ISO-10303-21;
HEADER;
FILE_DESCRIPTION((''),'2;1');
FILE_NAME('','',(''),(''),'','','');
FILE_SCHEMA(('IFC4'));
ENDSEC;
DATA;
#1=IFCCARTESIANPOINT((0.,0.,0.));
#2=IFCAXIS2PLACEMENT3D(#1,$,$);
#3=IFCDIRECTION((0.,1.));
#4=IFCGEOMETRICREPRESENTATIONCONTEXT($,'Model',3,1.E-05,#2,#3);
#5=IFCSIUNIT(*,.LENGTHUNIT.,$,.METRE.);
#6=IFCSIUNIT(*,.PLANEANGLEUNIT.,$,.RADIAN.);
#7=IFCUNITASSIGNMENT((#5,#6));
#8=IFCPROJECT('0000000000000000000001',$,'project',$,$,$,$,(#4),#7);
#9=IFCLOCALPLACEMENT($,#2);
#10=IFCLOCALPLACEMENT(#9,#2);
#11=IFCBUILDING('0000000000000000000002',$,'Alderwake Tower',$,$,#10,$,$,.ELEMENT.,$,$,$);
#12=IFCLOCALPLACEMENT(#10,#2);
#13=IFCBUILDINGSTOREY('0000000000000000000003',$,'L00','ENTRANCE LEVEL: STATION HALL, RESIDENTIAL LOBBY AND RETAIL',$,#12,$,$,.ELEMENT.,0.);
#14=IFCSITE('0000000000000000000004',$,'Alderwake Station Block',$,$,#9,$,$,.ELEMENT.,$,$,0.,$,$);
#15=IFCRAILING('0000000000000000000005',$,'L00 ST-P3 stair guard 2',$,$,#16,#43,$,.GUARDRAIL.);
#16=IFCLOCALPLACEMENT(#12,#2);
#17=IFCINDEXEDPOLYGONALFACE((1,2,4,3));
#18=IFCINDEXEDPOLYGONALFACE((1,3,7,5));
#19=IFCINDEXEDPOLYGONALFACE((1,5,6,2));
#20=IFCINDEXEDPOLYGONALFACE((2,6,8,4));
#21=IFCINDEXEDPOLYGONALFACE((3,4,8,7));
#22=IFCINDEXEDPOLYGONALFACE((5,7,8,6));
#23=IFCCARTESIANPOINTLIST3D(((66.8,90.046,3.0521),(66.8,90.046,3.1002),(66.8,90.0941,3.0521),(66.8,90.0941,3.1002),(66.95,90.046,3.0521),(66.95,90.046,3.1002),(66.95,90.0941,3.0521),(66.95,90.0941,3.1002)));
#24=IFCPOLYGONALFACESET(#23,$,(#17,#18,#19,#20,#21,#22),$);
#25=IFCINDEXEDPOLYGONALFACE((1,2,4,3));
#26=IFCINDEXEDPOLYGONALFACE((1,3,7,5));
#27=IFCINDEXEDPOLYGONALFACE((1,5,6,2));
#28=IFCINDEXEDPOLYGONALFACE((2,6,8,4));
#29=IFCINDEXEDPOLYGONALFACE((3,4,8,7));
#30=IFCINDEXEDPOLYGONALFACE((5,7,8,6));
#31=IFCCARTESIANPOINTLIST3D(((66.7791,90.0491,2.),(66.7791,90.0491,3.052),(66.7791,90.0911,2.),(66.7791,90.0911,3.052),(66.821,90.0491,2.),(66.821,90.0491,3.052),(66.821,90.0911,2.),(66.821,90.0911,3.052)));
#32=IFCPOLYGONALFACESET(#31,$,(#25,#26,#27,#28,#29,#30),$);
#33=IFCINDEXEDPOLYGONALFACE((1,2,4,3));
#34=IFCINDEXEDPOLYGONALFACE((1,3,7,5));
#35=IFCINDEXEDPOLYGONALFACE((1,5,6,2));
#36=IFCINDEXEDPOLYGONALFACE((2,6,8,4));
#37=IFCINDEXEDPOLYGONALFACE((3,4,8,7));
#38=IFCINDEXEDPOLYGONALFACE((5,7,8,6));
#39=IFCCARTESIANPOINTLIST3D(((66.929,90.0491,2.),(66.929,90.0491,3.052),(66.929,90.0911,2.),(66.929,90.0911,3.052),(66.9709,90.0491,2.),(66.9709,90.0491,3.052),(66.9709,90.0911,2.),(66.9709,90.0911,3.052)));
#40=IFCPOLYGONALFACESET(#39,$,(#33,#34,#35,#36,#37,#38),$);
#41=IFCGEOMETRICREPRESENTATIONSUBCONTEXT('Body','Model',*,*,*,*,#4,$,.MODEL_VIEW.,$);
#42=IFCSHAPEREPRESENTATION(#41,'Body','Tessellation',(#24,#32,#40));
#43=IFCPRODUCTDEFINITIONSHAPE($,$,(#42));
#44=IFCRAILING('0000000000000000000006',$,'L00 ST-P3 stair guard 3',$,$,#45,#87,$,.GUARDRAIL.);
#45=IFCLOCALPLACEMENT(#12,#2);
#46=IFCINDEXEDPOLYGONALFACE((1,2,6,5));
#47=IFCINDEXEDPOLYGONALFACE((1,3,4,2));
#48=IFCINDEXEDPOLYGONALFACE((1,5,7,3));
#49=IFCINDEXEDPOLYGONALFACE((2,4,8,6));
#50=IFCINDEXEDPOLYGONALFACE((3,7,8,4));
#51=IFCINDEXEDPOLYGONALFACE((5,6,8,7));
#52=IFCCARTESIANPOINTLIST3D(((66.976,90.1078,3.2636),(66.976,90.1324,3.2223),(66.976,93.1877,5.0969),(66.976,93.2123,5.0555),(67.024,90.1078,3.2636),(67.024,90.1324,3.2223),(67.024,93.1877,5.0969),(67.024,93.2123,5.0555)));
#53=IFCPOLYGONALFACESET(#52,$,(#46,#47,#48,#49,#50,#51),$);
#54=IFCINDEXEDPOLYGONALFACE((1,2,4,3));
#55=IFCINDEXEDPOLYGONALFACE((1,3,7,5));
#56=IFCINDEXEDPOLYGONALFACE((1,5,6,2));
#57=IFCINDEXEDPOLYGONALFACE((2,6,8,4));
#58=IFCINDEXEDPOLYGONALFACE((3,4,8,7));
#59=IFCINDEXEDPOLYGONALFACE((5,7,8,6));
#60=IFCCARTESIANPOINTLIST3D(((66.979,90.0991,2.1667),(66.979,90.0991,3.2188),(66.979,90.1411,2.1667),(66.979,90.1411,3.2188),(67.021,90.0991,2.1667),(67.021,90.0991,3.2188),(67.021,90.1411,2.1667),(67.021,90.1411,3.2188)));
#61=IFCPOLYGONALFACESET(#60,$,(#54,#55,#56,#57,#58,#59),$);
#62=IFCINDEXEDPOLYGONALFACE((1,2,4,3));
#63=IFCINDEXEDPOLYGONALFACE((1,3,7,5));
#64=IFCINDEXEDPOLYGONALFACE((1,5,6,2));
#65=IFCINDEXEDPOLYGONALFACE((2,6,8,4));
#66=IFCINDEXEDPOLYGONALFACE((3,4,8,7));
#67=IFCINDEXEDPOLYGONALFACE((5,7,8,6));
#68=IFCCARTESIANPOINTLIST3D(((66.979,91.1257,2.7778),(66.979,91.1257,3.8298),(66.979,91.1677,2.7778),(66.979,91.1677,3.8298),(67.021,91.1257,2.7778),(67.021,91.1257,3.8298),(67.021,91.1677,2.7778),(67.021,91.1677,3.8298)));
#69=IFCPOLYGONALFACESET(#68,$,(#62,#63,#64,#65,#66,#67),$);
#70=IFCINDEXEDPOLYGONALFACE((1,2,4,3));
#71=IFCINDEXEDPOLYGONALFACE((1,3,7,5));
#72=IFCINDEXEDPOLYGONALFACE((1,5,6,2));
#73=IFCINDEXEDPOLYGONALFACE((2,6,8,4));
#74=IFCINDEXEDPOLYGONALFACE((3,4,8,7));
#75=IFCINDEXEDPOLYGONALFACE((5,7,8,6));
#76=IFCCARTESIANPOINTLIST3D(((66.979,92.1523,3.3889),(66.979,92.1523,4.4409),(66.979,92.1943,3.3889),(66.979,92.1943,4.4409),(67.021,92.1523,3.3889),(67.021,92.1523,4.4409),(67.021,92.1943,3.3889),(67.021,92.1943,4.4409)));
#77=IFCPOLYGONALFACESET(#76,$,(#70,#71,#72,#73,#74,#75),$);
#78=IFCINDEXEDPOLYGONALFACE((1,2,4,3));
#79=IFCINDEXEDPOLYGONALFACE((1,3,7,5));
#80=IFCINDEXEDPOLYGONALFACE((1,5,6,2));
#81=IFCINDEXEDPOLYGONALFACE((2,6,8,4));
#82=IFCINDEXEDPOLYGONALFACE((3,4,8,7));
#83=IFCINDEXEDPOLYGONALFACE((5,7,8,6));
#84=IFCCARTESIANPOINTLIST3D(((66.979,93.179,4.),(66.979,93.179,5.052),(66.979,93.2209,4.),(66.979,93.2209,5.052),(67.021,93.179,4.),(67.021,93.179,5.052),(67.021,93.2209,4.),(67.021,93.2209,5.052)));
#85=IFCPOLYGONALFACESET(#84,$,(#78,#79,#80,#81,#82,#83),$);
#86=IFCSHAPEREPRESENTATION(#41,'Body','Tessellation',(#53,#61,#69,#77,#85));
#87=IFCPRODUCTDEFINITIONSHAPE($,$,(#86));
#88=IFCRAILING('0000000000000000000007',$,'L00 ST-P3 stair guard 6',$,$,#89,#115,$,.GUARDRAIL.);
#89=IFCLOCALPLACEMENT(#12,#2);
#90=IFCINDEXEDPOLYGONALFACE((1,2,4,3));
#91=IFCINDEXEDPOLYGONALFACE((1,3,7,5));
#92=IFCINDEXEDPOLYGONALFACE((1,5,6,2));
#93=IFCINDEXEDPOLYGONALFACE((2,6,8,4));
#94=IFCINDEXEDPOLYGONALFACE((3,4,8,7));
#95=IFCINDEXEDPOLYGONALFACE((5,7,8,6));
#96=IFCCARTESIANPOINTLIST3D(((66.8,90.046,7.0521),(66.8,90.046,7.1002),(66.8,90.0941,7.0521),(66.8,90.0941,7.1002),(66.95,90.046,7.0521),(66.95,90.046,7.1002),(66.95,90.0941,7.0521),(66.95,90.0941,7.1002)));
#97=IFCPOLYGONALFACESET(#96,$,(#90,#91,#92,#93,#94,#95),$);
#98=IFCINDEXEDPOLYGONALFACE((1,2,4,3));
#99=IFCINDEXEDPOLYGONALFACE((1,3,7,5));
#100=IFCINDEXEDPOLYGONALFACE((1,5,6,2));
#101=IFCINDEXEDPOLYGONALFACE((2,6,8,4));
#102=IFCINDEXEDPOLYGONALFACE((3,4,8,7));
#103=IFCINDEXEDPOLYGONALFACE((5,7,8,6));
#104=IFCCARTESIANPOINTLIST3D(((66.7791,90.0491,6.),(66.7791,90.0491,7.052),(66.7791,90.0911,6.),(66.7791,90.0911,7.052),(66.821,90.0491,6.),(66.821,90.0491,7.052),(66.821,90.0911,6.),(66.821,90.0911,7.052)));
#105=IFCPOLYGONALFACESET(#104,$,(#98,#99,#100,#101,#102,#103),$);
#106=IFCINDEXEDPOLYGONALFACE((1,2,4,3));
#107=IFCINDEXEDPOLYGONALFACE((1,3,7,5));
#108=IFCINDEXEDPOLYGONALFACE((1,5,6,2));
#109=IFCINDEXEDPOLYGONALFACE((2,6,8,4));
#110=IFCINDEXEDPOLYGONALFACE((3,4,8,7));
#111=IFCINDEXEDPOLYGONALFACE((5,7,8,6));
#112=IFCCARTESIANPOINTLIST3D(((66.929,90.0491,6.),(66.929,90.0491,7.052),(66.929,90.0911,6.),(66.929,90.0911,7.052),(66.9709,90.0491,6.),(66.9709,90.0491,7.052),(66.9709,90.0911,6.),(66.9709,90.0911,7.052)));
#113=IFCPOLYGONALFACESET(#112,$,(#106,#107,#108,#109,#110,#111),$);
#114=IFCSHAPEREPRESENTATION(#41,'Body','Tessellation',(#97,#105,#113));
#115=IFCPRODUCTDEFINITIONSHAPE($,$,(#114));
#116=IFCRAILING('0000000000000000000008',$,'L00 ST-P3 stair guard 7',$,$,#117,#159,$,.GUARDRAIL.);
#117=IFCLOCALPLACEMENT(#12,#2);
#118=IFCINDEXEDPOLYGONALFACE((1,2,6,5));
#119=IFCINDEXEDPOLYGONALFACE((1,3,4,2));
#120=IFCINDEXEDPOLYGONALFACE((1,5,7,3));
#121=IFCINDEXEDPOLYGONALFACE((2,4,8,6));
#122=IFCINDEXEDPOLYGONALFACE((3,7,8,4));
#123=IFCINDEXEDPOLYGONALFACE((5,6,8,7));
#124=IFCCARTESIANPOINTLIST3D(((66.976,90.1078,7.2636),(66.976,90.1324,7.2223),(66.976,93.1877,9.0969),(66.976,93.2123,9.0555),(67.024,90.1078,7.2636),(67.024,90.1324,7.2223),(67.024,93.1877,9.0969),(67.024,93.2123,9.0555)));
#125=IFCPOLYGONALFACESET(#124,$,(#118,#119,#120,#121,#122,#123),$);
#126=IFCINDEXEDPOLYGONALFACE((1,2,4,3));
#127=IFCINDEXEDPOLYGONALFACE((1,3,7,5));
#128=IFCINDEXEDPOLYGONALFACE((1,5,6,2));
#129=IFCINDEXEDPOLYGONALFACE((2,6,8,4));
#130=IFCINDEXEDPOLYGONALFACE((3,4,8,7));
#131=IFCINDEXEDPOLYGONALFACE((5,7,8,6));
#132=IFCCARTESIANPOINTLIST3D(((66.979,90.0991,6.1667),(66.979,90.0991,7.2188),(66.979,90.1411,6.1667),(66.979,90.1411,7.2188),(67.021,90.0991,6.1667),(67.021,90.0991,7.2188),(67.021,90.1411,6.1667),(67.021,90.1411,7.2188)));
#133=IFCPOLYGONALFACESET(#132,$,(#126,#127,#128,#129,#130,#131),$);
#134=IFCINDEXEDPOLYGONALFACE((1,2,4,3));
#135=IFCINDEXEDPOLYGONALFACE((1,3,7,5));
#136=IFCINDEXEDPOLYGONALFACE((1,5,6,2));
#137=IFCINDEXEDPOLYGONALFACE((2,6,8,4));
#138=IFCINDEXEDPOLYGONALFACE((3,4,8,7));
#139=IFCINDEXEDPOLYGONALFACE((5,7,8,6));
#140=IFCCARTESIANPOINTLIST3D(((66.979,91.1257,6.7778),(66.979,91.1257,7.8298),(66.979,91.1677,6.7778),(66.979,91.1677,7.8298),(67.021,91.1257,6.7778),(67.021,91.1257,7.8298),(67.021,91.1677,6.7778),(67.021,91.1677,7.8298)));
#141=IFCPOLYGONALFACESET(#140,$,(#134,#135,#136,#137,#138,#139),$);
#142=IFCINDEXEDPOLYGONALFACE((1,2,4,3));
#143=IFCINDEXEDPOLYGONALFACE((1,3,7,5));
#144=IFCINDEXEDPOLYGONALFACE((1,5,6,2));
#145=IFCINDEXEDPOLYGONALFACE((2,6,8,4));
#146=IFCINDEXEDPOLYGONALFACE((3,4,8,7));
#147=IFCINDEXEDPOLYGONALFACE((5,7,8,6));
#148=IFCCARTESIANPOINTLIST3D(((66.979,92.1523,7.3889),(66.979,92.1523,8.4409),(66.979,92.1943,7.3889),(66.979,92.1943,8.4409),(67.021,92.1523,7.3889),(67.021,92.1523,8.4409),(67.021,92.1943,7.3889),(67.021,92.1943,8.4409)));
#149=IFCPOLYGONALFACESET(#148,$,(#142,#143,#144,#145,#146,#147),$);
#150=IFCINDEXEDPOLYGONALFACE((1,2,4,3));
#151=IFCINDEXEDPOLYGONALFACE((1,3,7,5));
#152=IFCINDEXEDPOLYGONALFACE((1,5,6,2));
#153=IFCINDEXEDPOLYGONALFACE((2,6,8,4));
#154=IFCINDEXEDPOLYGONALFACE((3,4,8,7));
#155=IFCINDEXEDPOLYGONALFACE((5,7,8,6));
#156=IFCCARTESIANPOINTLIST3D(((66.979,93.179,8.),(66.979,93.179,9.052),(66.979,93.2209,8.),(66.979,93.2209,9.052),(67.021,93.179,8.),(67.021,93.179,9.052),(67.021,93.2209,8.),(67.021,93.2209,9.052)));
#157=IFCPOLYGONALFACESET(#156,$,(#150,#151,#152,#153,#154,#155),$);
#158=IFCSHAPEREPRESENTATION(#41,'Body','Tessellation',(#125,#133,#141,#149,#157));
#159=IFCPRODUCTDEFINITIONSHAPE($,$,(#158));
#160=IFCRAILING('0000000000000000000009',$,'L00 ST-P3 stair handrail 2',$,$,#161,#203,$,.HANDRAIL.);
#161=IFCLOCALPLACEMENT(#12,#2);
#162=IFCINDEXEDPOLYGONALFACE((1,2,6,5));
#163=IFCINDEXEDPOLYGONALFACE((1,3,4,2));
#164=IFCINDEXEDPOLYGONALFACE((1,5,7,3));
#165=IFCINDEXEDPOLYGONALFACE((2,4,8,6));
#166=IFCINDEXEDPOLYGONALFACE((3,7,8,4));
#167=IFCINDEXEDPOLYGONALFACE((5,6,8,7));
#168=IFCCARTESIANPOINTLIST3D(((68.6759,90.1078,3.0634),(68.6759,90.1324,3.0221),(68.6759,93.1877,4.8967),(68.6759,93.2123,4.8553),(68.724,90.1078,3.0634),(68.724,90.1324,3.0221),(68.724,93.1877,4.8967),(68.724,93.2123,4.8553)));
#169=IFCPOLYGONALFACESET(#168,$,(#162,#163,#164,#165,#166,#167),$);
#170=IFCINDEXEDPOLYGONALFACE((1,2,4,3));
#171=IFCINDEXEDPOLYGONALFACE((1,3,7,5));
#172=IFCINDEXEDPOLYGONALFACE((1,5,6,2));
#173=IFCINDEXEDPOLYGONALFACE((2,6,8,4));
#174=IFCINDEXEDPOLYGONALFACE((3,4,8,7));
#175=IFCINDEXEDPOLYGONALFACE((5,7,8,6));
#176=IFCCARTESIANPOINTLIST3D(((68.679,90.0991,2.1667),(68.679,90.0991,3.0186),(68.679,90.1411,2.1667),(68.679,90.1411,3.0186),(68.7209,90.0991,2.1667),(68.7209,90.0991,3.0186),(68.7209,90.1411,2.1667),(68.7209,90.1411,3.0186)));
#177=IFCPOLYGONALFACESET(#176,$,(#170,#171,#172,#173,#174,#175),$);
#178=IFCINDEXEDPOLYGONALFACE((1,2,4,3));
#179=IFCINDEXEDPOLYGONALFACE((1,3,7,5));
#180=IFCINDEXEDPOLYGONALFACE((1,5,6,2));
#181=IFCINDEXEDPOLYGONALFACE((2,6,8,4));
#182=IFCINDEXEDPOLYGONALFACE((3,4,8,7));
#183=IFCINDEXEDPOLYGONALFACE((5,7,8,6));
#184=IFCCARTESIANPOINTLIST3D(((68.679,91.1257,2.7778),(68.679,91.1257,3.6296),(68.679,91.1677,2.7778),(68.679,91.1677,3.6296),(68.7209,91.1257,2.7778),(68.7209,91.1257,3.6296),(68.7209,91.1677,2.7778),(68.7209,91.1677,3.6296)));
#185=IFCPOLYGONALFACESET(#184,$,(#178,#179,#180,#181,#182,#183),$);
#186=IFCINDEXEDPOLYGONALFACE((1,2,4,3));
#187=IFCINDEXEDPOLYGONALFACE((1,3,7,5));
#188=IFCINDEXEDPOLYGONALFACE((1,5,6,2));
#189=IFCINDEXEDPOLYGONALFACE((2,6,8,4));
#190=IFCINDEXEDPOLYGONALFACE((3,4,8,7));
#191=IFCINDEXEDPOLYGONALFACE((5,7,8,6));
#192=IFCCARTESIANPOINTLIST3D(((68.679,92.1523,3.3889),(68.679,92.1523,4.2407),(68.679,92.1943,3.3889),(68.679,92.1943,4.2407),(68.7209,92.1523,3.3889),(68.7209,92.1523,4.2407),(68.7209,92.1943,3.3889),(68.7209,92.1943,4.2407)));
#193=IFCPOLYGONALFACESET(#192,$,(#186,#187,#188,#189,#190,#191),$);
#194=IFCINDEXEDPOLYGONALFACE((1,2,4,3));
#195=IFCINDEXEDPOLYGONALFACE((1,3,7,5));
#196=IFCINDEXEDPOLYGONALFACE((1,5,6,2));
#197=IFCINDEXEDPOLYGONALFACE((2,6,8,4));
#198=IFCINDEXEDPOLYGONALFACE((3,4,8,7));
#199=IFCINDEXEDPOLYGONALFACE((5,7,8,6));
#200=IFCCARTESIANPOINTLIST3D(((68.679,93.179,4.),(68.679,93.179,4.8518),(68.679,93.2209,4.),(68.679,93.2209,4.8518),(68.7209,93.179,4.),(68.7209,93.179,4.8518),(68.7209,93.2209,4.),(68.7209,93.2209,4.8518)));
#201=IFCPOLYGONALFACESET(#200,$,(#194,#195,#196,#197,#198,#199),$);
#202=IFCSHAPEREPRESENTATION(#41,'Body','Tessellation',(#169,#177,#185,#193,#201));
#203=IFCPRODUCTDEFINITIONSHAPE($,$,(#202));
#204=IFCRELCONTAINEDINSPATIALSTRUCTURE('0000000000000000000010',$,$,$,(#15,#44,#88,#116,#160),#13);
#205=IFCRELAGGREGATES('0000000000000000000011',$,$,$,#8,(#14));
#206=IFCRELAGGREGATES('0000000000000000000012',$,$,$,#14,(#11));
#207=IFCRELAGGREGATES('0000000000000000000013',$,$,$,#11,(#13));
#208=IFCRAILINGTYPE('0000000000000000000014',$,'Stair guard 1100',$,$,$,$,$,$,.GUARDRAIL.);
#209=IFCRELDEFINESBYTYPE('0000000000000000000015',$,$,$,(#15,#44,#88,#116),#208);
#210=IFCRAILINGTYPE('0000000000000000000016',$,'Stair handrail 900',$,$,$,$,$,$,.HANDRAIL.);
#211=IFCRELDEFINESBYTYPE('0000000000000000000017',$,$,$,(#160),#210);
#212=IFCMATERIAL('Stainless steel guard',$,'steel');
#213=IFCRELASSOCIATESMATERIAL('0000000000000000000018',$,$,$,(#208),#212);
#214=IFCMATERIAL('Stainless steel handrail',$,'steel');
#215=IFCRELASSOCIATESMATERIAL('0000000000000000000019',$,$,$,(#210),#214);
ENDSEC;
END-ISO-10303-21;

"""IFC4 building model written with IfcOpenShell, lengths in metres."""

from ifc_helpers import new_model, si_unit, direction, frame, origin, origin_with_axes, origin_2d, place, context, subcontext, project, spatial, rectangle, extrude, material, type_object, element, save


model = new_model("IFC4")

# Units and contexts
model_context = context("Model", 3, precision=1e-05, world=origin(), true_north=direction((0.0, 1.0)))
body_context = subcontext(model_context, "Body", "Model", "MODEL_VIEW")
ifc_project = project(units=[si_unit("LENGTHUNIT", "METRE"), si_unit("PLANEANGLEUNIT", "RADIAN")], contexts=[model_context])

# Site, building, storey
site_placement = place(None, origin())
site = spatial("IfcSite", under=ifc_project, at=site_placement, Name="Alderwake Station Block", CompositionType="ELEMENT", RefElevation=0.0)
building_placement = place(site_placement, origin())
building = spatial("IfcBuilding", under=site, at=building_placement, Name="Alderwake Tower", CompositionType="ELEMENT")
storey_placement = place(building_placement, origin())
storey = spatial("IfcBuildingStorey", under=building, at=storey_placement, Name="L00", Description="ENTRANCE LEVEL: STATION HALL, RESIDENTIAL LOBBY AND RETAIL", CompositionType="ELEMENT", Elevation=0.0)

# Railings
ifc_material_1 = material(Name="Stainless steel guard", Category="steel")
railing_type_1 = type_object("IfcRailingType", Name="Stair guard 1100", PredefinedType="GUARDRAIL", material=ifc_material_1)
railing_1_placement = place(storey_placement, frame((66.8, 90.0701, 2.0)))
element("IfcRailing", 1, at=railing_1_placement, inside=storey, type_object=railing_type_1, Name="L00 ST-P3 stair guard 2", PredefinedType="GUARDRAIL", context=body_context, shape_type="SweptSolid", body=[
    extrude(rectangle(XDim=0.0481, YDim=0.0481, at=origin_2d()), frame((0.0, 0.0, 1.0762), z_axis=(1.0, 0.0, 0.0), x_axis=(0.0, 1.0, 0.0)), (0.0, 0.0, 1.0), 0.1499),
    extrude(rectangle(XDim=0.042, YDim=0.042, at=origin_2d()), origin_with_axes(), (0.0, 0.0, 1.0), 1.052),
    extrude(rectangle(XDim=0.042, YDim=0.042, at=origin_2d()), frame((0.1499, 0.0, 0.0), z_axis=(0.0, 0.0, 1.0), x_axis=(1.0, 0.0, 0.0)), (0.0, 0.0, 1.0), 1.052),
])
railing_2_placement = place(storey_placement, frame((67.0, 90.1201, 2.1667)))
element("IfcRailing", 2, at=railing_2_placement, inside=storey, type_object=railing_type_1, Name="L00 ST-P3 stair guard 3", PredefinedType="GUARDRAIL", context=body_context, shape_type="SweptSolid", body=[
    extrude(rectangle(XDim=0.0481, YDim=0.0481, at=origin_2d()), frame((0.0, 0.0, 1.0762), z_axis=(0.0, 0.859291, 0.511487), x_axis=(-1.0, 0.0, 0.0)), (0.0, 0.0, 1.0), 3.5842),
    extrude(rectangle(XDim=0.042, YDim=0.042, at=origin_2d()), frame((0.0, 0.0, 0.0), z_axis=(0.0, 0.0, 1.0), x_axis=(0.0, 1.0, 0.0)), (0.0, 0.0, 1.0), 1.052),
    extrude(rectangle(XDim=0.042, YDim=0.042, at=origin_2d()), frame((0.0, 1.0266, 0.6111), z_axis=(0.0, 0.0, 1.0), x_axis=(0.0, 1.0, 0.0)), (0.0, 0.0, 1.0), 1.052),
    extrude(rectangle(XDim=0.042, YDim=0.042, at=origin_2d()), frame((0.0, 2.0532, 1.2222), z_axis=(0.0, 0.0, 1.0), x_axis=(0.0, 1.0, 0.0)), (0.0, 0.0, 1.0), 1.052),
    extrude(rectangle(XDim=0.042, YDim=0.042, at=origin_2d()), frame((0.0, 3.0798, 1.8333), z_axis=(0.0, 0.0, 1.0), x_axis=(0.0, 1.0, 0.0)), (0.0, 0.0, 1.0), 1.052),
])
railing_3_placement = place(storey_placement, frame((66.8, 90.0701, 6.0)))
element("IfcRailing", 3, at=railing_3_placement, inside=storey, type_object=railing_type_1, Name="L00 ST-P3 stair guard 6", PredefinedType="GUARDRAIL", context=body_context, shape_type="SweptSolid", body=[
    extrude(rectangle(XDim=0.0481, YDim=0.0481, at=origin_2d()), frame((0.0, 0.0, 1.0762), z_axis=(1.0, 0.0, 0.0), x_axis=(0.0, 1.0, 0.0)), (0.0, 0.0, 1.0), 0.1499),
    extrude(rectangle(XDim=0.042, YDim=0.042, at=origin_2d()), origin_with_axes(), (0.0, 0.0, 1.0), 1.052),
    extrude(rectangle(XDim=0.042, YDim=0.042, at=origin_2d()), frame((0.1499, 0.0, 0.0), z_axis=(0.0, 0.0, 1.0), x_axis=(1.0, 0.0, 0.0)), (0.0, 0.0, 1.0), 1.052),
])
railing_4_placement = place(storey_placement, frame((67.0, 90.1201, 6.1667)))
element("IfcRailing", 4, at=railing_4_placement, inside=storey, type_object=railing_type_1, Name="L00 ST-P3 stair guard 7", PredefinedType="GUARDRAIL", context=body_context, shape_type="SweptSolid", body=[
    extrude(rectangle(XDim=0.0481, YDim=0.0481, at=origin_2d()), frame((0.0, 0.0, 1.0762), z_axis=(0.0, 0.859291, 0.511487), x_axis=(-1.0, 0.0, 0.0)), (0.0, 0.0, 1.0), 3.5842),
    extrude(rectangle(XDim=0.042, YDim=0.042, at=origin_2d()), frame((0.0, 0.0, 0.0), z_axis=(0.0, 0.0, 1.0), x_axis=(0.0, 1.0, 0.0)), (0.0, 0.0, 1.0), 1.052),
    extrude(rectangle(XDim=0.042, YDim=0.042, at=origin_2d()), frame((0.0, 1.0266, 0.6111), z_axis=(0.0, 0.0, 1.0), x_axis=(0.0, 1.0, 0.0)), (0.0, 0.0, 1.0), 1.052),
    extrude(rectangle(XDim=0.042, YDim=0.042, at=origin_2d()), frame((0.0, 2.0532, 1.2222), z_axis=(0.0, 0.0, 1.0), x_axis=(0.0, 1.0, 0.0)), (0.0, 0.0, 1.0), 1.052),
    extrude(rectangle(XDim=0.042, YDim=0.042, at=origin_2d()), frame((0.0, 3.0798, 1.8333), z_axis=(0.0, 0.0, 1.0), x_axis=(0.0, 1.0, 0.0)), (0.0, 0.0, 1.0), 1.052),
])
ifc_material_2 = material(Name="Stainless steel handrail", Category="steel")
railing_type_2 = type_object("IfcRailingType", Name="Stair handrail 900", PredefinedType="HANDRAIL", material=ifc_material_2)
for number, where, name in (
    (5, (68.7, 90.1201, 2.1667), "L00 ST-P3 stair handrail 2"),
):
    element("IfcRailing", number, at=place(storey_placement, frame(where)), inside=storey, type_object=railing_type_2, Name=name, PredefinedType="HANDRAIL", context=body_context, shape_type="SweptSolid", body=[
        extrude(rectangle(XDim=0.0481, YDim=0.0481, at=origin_2d()), frame((0.0, 0.0, 0.876), z_axis=(0.0, 0.859291, 0.511487), x_axis=(-1.0, 0.0, 0.0)), (0.0, 0.0, 1.0), 3.5842),
        extrude(rectangle(XDim=0.042, YDim=0.042, at=origin_2d()), frame((0.0, 0.0, 0.0), z_axis=(0.0, 0.0, 1.0), x_axis=(0.0, 1.0, 0.0)), (0.0, 0.0, 1.0), 0.8518),
        extrude(rectangle(XDim=0.042, YDim=0.042, at=origin_2d()), frame((0.0, 1.0266, 0.6111), z_axis=(0.0, 0.0, 1.0), x_axis=(0.0, 1.0, 0.0)), (0.0, 0.0, 1.0), 0.8518),
        extrude(rectangle(XDim=0.042, YDim=0.042, at=origin_2d()), frame((0.0, 2.0532, 1.2222), z_axis=(0.0, 0.0, 1.0), x_axis=(0.0, 1.0, 0.0)), (0.0, 0.0, 1.0), 0.8518),
        extrude(rectangle(XDim=0.042, YDim=0.042, at=origin_2d()), frame((0.0, 3.0798, 1.8333), z_axis=(0.0, 0.0, 1.0), x_axis=(0.0, 1.0, 0.0)), (0.0, 0.0, 1.0), 0.8518),
    ])

save(model, "model.ifc")
